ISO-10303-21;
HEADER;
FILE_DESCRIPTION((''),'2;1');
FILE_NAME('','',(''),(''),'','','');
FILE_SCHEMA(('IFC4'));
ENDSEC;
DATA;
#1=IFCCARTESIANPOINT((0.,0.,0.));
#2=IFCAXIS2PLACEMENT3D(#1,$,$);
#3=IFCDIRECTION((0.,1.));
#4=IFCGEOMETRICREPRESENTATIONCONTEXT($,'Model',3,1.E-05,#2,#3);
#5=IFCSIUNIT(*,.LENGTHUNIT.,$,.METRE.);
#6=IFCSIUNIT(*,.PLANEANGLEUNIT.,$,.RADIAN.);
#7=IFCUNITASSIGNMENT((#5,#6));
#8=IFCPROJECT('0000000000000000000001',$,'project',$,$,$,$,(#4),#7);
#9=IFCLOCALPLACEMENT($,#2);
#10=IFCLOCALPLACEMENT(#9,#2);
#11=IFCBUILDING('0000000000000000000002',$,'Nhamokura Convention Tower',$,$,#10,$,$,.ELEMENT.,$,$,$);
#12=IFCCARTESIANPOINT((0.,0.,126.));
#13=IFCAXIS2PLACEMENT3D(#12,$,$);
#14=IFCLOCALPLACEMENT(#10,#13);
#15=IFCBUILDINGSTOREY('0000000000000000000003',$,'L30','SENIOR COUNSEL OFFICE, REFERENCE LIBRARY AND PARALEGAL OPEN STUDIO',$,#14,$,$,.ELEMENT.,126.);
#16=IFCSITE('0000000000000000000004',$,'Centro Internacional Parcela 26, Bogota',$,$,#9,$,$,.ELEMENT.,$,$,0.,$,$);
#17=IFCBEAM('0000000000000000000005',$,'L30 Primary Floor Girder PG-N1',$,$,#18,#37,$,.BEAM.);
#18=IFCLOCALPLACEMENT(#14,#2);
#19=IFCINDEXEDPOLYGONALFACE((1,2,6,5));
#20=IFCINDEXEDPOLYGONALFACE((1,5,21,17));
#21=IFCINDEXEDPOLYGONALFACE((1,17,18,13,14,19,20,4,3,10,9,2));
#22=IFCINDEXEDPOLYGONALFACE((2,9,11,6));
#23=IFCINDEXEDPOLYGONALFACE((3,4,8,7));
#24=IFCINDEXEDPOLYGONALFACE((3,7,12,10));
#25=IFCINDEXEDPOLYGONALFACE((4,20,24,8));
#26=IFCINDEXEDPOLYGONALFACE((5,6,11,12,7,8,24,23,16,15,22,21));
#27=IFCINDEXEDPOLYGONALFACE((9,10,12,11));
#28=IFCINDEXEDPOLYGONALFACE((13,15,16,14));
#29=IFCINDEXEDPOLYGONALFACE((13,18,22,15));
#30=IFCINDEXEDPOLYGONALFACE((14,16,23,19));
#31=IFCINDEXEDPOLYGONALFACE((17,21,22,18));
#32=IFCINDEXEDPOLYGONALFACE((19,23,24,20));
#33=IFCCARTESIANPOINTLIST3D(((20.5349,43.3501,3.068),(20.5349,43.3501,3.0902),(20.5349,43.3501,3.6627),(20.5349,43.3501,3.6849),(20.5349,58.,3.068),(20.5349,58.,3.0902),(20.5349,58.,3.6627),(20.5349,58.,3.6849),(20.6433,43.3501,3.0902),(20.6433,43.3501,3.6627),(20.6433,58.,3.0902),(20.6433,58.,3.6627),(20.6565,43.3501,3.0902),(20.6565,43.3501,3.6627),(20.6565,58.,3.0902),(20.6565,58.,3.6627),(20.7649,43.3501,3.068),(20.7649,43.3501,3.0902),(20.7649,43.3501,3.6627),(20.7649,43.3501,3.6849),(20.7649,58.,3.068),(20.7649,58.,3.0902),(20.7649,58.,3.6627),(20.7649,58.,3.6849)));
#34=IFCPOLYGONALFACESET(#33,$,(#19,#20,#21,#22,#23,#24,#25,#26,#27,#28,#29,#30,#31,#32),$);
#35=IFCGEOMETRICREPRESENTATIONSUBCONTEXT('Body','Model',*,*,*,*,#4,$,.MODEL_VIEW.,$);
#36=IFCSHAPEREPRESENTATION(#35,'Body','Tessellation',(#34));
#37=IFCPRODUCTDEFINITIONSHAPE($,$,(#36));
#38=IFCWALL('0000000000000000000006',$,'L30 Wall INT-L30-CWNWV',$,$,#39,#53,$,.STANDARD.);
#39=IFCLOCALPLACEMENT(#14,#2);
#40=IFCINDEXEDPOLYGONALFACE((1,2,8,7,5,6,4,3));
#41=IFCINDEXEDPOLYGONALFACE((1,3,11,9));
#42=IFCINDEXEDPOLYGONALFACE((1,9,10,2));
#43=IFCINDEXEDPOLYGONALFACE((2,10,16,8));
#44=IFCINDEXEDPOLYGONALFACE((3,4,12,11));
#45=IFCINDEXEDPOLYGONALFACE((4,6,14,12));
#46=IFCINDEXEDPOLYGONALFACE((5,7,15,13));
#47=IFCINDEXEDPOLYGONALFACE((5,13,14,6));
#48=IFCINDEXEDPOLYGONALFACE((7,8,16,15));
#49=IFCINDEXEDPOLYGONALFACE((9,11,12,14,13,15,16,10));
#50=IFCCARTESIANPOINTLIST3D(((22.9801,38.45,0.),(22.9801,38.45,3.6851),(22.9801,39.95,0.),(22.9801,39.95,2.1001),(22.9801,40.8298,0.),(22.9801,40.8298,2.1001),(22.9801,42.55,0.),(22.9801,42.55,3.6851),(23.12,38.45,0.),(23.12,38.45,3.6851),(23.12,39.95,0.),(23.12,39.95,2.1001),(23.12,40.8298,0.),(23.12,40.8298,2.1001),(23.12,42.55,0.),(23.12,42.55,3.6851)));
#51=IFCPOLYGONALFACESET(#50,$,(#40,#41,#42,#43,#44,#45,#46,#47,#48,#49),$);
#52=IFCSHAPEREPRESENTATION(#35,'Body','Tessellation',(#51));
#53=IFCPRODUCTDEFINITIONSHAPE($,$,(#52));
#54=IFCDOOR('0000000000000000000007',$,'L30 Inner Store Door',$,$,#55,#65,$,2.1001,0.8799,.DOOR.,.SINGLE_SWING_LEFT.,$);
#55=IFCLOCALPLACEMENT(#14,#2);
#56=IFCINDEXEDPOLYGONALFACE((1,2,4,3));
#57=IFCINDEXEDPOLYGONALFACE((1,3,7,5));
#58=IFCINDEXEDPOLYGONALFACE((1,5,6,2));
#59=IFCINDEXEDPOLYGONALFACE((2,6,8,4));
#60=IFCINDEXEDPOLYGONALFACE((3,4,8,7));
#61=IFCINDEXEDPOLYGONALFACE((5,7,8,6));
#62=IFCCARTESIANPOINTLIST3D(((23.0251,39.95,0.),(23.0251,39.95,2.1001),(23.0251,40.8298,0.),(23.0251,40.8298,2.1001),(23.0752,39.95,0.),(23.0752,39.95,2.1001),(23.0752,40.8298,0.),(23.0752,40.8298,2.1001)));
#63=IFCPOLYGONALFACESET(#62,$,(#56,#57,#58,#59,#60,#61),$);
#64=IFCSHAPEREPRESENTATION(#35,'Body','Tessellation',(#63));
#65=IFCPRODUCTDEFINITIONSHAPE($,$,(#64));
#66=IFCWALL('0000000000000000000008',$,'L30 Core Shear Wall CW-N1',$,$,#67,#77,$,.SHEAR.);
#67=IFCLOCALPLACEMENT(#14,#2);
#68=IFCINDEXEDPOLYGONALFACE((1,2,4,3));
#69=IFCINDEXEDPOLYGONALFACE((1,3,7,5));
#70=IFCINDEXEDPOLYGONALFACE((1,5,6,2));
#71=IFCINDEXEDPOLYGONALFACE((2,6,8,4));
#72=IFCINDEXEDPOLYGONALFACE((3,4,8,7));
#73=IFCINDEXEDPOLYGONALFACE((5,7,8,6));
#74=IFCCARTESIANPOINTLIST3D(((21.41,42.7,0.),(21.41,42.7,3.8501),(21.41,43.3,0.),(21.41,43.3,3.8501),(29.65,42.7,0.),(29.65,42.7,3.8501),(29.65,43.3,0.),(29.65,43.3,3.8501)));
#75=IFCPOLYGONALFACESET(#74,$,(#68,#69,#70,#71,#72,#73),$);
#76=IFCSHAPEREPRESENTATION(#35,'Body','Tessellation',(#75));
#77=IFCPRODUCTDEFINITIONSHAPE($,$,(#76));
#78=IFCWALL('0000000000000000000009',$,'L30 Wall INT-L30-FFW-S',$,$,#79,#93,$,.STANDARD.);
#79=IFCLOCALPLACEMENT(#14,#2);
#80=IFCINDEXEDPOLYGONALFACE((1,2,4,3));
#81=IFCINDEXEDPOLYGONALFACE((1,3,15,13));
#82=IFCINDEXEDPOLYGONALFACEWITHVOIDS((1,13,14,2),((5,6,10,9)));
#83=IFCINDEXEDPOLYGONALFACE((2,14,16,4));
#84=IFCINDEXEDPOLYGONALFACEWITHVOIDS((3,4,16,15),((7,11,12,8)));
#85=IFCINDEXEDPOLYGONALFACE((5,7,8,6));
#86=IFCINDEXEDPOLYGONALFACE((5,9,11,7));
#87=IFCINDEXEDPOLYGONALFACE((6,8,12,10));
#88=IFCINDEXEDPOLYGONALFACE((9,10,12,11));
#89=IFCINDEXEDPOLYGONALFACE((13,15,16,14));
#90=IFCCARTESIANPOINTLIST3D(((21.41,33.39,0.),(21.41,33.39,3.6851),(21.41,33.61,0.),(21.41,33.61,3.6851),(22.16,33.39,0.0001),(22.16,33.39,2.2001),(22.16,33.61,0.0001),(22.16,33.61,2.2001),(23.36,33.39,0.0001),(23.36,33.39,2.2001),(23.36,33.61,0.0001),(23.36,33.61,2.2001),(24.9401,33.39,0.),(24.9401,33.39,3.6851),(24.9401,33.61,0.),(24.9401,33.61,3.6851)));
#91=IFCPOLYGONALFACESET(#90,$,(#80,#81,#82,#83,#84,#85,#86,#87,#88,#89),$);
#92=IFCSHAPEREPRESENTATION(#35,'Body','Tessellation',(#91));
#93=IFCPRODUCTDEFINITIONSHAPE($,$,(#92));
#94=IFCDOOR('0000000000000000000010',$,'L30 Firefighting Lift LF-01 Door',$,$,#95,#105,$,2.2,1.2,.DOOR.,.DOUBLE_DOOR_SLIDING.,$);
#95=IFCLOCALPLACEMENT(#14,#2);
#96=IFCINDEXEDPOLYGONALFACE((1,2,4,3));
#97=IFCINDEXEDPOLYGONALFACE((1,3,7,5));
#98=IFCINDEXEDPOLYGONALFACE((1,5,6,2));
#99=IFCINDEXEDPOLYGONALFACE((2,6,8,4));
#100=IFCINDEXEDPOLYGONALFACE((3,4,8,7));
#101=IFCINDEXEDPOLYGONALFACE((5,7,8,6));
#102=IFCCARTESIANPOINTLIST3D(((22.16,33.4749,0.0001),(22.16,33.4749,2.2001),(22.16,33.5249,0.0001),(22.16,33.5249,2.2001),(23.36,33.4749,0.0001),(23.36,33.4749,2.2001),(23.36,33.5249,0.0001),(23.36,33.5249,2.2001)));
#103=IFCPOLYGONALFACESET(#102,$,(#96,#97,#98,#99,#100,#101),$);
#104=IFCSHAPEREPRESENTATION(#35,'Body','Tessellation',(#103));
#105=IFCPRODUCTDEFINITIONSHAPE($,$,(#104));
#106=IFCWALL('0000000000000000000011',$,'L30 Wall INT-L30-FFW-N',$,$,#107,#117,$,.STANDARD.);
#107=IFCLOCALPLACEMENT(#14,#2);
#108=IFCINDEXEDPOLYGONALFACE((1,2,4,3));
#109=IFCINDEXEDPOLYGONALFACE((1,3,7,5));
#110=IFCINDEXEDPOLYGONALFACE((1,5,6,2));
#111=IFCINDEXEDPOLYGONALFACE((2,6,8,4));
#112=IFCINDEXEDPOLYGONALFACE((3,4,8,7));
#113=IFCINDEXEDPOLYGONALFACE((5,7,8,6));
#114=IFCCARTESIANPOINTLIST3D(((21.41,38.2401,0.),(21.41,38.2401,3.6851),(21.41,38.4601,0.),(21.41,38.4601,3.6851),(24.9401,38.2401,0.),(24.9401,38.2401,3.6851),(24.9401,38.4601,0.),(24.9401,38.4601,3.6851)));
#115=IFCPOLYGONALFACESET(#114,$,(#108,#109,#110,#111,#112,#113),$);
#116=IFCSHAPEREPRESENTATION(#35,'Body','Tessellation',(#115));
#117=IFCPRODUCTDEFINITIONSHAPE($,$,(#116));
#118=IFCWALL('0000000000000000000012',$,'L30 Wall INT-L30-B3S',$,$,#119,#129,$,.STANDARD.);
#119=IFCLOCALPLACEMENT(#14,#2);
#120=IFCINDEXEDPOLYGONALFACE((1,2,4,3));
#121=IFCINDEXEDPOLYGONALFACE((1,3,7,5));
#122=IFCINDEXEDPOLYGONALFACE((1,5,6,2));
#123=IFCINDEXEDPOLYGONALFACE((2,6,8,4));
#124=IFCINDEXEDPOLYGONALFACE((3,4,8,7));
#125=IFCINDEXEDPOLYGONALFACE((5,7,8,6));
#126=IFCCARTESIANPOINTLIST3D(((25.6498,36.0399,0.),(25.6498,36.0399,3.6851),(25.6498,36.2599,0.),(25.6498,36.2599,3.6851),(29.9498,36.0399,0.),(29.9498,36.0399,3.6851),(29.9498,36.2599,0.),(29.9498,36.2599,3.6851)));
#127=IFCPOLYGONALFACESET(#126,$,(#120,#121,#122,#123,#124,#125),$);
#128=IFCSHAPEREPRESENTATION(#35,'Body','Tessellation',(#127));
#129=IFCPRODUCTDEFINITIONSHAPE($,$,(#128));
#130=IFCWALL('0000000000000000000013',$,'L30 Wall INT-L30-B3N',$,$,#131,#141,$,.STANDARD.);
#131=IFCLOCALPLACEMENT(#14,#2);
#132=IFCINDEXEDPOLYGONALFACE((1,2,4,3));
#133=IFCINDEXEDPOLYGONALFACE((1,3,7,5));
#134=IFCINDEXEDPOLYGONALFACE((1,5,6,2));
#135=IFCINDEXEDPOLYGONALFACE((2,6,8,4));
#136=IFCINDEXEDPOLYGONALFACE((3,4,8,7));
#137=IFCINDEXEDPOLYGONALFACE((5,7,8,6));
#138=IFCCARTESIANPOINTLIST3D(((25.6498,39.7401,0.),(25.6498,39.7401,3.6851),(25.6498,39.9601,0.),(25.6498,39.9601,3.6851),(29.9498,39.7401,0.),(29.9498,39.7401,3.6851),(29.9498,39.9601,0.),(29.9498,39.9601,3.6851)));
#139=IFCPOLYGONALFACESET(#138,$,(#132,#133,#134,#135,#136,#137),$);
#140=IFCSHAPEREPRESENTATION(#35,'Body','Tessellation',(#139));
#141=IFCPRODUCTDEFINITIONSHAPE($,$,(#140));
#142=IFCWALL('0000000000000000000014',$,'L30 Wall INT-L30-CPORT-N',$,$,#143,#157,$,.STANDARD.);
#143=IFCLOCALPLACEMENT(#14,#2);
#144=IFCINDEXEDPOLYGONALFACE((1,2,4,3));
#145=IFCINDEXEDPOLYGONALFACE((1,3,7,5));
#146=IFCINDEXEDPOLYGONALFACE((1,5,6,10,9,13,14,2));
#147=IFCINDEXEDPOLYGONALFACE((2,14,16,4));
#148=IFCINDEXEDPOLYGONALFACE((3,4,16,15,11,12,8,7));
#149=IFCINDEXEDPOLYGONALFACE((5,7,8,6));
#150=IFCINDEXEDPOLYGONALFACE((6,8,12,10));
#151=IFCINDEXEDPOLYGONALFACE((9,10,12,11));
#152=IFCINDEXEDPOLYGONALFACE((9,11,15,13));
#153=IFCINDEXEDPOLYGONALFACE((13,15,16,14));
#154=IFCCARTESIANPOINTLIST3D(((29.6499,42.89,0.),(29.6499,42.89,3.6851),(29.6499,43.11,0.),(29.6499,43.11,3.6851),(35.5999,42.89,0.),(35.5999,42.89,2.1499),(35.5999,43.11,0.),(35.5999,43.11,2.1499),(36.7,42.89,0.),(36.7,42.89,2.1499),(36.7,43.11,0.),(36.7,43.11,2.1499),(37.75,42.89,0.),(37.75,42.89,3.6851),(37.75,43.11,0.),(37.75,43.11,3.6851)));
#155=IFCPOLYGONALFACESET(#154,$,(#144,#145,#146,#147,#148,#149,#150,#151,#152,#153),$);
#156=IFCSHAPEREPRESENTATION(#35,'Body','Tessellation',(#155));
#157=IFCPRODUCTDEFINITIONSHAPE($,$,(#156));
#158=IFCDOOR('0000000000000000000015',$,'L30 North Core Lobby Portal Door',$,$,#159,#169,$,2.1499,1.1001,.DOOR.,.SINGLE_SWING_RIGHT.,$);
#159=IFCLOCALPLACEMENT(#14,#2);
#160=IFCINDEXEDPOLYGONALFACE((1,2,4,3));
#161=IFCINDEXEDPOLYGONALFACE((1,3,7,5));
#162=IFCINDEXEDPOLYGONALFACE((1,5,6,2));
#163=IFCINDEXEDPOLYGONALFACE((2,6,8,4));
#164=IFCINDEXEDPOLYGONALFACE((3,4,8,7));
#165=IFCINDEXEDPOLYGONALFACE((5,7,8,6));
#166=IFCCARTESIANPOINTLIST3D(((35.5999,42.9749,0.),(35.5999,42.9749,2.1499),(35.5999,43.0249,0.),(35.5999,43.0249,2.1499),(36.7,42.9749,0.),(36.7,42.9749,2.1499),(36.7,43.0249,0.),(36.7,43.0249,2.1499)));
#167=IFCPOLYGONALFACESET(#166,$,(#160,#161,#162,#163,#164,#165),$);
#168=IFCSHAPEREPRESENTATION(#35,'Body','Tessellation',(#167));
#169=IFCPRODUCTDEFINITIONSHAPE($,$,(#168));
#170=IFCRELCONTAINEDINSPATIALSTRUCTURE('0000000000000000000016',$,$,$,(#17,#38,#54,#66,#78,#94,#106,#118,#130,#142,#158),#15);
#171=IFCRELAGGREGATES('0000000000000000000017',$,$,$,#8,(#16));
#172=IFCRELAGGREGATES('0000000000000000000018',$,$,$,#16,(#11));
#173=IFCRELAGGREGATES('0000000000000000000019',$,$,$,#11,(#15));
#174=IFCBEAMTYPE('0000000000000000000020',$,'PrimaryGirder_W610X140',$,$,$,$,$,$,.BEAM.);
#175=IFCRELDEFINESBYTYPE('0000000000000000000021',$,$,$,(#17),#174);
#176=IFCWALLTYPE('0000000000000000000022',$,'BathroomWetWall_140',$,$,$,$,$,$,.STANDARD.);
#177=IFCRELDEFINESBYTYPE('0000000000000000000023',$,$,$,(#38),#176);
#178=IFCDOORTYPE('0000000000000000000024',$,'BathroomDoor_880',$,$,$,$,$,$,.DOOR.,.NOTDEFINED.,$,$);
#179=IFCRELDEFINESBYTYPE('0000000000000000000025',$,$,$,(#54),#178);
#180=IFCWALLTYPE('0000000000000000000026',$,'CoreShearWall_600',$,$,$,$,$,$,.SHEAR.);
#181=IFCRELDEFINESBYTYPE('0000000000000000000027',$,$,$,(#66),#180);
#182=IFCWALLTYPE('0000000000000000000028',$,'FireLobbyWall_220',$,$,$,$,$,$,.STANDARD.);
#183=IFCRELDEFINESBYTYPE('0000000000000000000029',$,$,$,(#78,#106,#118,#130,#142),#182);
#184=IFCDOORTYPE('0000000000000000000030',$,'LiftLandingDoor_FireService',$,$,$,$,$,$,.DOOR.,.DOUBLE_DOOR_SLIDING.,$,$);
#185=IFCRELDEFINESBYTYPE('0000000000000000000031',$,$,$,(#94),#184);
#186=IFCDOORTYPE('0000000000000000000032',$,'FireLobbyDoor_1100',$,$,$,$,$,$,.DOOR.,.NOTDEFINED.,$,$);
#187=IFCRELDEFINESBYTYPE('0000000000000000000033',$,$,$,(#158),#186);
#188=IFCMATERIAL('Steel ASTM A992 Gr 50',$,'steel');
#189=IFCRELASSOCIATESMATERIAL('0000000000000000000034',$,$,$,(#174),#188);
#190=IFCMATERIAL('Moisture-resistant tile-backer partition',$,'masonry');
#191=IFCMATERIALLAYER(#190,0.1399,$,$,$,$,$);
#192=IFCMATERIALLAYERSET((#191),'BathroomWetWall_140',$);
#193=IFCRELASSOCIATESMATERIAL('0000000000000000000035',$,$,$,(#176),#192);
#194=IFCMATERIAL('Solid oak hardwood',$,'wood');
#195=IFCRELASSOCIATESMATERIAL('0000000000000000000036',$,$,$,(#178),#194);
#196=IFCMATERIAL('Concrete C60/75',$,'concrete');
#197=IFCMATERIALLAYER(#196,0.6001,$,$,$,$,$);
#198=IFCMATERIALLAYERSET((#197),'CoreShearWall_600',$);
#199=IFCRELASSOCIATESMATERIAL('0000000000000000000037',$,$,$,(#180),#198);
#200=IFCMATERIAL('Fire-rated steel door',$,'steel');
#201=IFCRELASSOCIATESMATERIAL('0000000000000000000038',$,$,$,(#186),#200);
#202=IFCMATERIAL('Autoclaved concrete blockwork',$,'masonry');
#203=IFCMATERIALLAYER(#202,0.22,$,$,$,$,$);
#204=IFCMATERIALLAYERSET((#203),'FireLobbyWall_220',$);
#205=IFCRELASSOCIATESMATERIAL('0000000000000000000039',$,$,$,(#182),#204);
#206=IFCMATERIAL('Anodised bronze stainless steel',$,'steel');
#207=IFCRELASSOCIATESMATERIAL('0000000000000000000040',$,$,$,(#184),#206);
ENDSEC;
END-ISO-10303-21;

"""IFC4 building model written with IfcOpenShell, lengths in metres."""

from ifc_helpers import new_model, si_unit, direction, frame, frame_2d, origin, origin_2d, place, context, subcontext, project, spatial, rectangle, i_section, extrude, material, layer, layer_set, material_profile, profile_set, type_object, element, fill, save


model = new_model("IFC4")

# Units and contexts
model_context = context("Model", 3, precision=1e-05, world=origin(), true_north=direction((0.0, 1.0)))
body_context = subcontext(model_context, "Body", "Model", "MODEL_VIEW")
ifc_project = project(units=[si_unit("LENGTHUNIT", "METRE"), si_unit("PLANEANGLEUNIT", "RADIAN")], contexts=[model_context])

# Site, building, storey
site_placement = place(None, origin())
site = spatial("IfcSite", under=ifc_project, at=site_placement, Name="Centro Internacional Parcela 26, Bogota", CompositionType="ELEMENT", RefElevation=0.0)
building_placement = place(site_placement, origin())
building = spatial("IfcBuilding", under=site, at=building_placement, Name="Nhamokura Convention Tower", CompositionType="ELEMENT")
storey_placement = place(building_placement, frame((0.0, 0.0, 126.0)))
storey = spatial("IfcBuildingStorey", under=building, at=storey_placement, Name="L30", Description="SENIOR COUNSEL OFFICE, REFERENCE LIBRARY AND PARALEGAL OPEN STUDIO", CompositionType="ELEMENT", Elevation=126.0)

# Beam
ifc_material_1 = material(Name="Steel ASTM A992 Gr 50", Category="steel")
ifc_material_profile = material_profile(ifc_material_1, i_section(OverallWidth=0.23, OverallDepth=0.6169, WebThickness=0.0132, FlangeThickness=0.0222, at=origin_2d()))
ifc_profile_set = profile_set([ifc_material_profile], Name="Steel ASTM A992 Gr 50")
beam_type = type_object("IfcBeamType", Name="PrimaryGirder_W610X140", PredefinedType="BEAM", material=ifc_profile_set)
beam_placement = place(storey_placement, frame((20.6499, 43.3501, 3.3765), z_axis=(0.0, 1.0, 0.0), x_axis=(-1.0, 0.0, 0.0)))
element("IfcBeam", 1, at=beam_placement, inside=storey, type_object=beam_type, Name="L30 Primary Floor Girder PG-N1", PredefinedType="BEAM", context=body_context, shape_type="SweptSolid", body=[
    extrude(i_section(OverallWidth=0.23, OverallDepth=0.6169, WebThickness=0.0132, FlangeThickness=0.0222, at=origin_2d()), origin(), (0.0, 0.0, 1.0), 14.6499),
])

# Wall, opening, door
ifc_material_2 = material(Name="Moisture-resistant tile-backer partition", Category="masonry")
ifc_layer_1 = layer(ifc_material_2, 0.1399)
ifc_layer_set_1 = layer_set([ifc_layer_1], Name="BathroomWetWall_140")
wall_type_1 = type_object("IfcWallType", Name="BathroomWetWall_140", PredefinedType="STANDARD", material=ifc_layer_set_1)
wall_1_placement = place(storey_placement, frame((23.05, 38.45, 0.0), z_axis=(0.0, 0.0, 1.0), x_axis=(0.0, 1.0, 0.0)))
wall_1 = element("IfcWall", 2, at=wall_1_placement, inside=storey, type_object=wall_type_1, Name="L30 Wall INT-L30-CWNWV", PredefinedType="STANDARD", context=body_context, shape_type="SweptSolid", body=[
    extrude(rectangle(XDim=4.1001, YDim=0.1399, at=frame_2d((2.05, 0.0))), origin(), (0.0, 0.0, 1.0), 3.6851),
])
opening_1_placement = place(wall_1_placement, frame((1.5, 0.0, 0.0)))
opening_1 = element("IfcOpeningElement", 3, at=opening_1_placement, cuts=wall_1, PredefinedType="OPENING", context=body_context, shape_type="SweptSolid", body=[
    extrude(rectangle(XDim=0.8799, YDim=2.1001, at=frame_2d((0.4399, 1.05))), frame((0.0, 0.0798, 0.0), z_axis=(0.0, -1.0, 0.0), x_axis=(1.0, 0.0, 0.0)), (0.0, 0.0, 1.0), 0.1599),
])
ifc_material_3 = material(Name="Solid oak hardwood", Category="wood")
door_type_1 = type_object("IfcDoorType", Name="BathroomDoor_880", OperationType="NOTDEFINED", PredefinedType="DOOR", material=ifc_material_3)
door_1_placement = place(opening_1_placement, origin())
door_1 = element("IfcDoor", 4, at=door_1_placement, inside=storey, type_object=door_type_1, Name="L30 Inner Store Door", OperationType="SINGLE_SWING_LEFT", OverallHeight=2.1001, OverallWidth=0.8799, PredefinedType="DOOR", context=body_context, shape_type="SweptSolid", body=[
    extrude(rectangle(XDim=0.8799, YDim=2.1001, at=frame_2d((0.4399, 1.05))), frame((0.0, 0.0249, 0.0), z_axis=(0.0, -1.0, 0.0), x_axis=(1.0, 0.0, 0.0)), (0.0, 0.0, 1.0), 0.05),
])
fill(opening_1, door_1)

# Wall
ifc_material_4 = material(Name="Concrete C60/75", Category="concrete")
ifc_layer_2 = layer(ifc_material_4, 0.6001)
ifc_layer_set_2 = layer_set([ifc_layer_2], Name="CoreShearWall_600")
wall_type_2 = type_object("IfcWallType", Name="CoreShearWall_600", PredefinedType="SHEAR", material=ifc_layer_set_2)
wall_2_placement = place(storey_placement, frame((21.4099, 43.0, 0.0), z_axis=(0.0, 0.0, 1.0), x_axis=(1.0, 0.0, 0.0)))
element("IfcWall", 5, at=wall_2_placement, inside=storey, type_object=wall_type_2, Name="L30 Core Shear Wall CW-N1", PredefinedType="SHEAR", context=body_context, shape_type="SweptSolid", body=[
    extrude(rectangle(XDim=8.24, YDim=0.6001, at=frame_2d((4.1201, 0.0))), origin(), (0.0, 0.0, 1.0), 3.8501),
])

# Wall, opening, door
ifc_material_5 = material(Name="Fire-rated steel door", Category="steel")
door_type_2 = type_object("IfcDoorType", Name="FireLobbyDoor_1100", OperationType="NOTDEFINED", PredefinedType="DOOR", material=ifc_material_5)
ifc_material_6 = material(Name="Autoclaved concrete blockwork", Category="masonry")
ifc_layer_3 = layer(ifc_material_6, 0.22)
ifc_layer_set_3 = layer_set([ifc_layer_3], Name="FireLobbyWall_220")
wall_type_3 = type_object("IfcWallType", Name="FireLobbyWall_220", PredefinedType="STANDARD", material=ifc_layer_set_3)
wall_3_placement = place(storey_placement, frame((21.4099, 33.5, 0.0), z_axis=(0.0, 0.0, 1.0), x_axis=(1.0, 0.0, 0.0)))
wall_3 = element("IfcWall", 6, at=wall_3_placement, inside=storey, type_object=wall_type_3, Name="L30 Wall INT-L30-FFW-S", PredefinedType="STANDARD", context=body_context, shape_type="SweptSolid", body=[
    extrude(rectangle(XDim=3.53, YDim=0.22, at=frame_2d((1.7651, 0.0))), origin(), (0.0, 0.0, 1.0), 3.6851),
])
opening_2_placement = place(wall_3_placement, frame((0.75, 0.0, 0.0)))
opening_2 = element("IfcOpeningElement", 7, at=opening_2_placement, cuts=wall_3, PredefinedType="OPENING", context=body_context, shape_type="SweptSolid", body=[
    extrude(rectangle(XDim=1.2, YDim=2.2, at=frame_2d((0.6001, 1.1001))), frame((0.0, 0.1199, 0.0), z_axis=(0.0, -1.0, 0.0), x_axis=(1.0, 0.0, 0.0)), (0.0, 0.0, 1.0), 0.24),
])
ifc_material_7 = material(Name="Anodised bronze stainless steel", Category="steel")
door_type_3 = type_object("IfcDoorType", Name="LiftLandingDoor_FireService", OperationType="DOUBLE_DOOR_SLIDING", PredefinedType="DOOR", material=ifc_material_7)
door_2_placement = place(opening_2_placement, origin())
door_2 = element("IfcDoor", 8, at=door_2_placement, inside=storey, type_object=door_type_3, Name="L30 Firefighting Lift LF-01 Door", OperationType="DOUBLE_DOOR_SLIDING", OverallHeight=2.2, OverallWidth=1.2, PredefinedType="DOOR", context=body_context, shape_type="SweptSolid", body=[
    extrude(rectangle(XDim=1.2, YDim=2.2, at=frame_2d((0.6001, 1.1001))), frame((0.0, 0.0249, 0.0), z_axis=(0.0, -1.0, 0.0), x_axis=(1.0, 0.0, 0.0)), (0.0, 0.0, 1.0), 0.05),
])
fill(opening_2, door_2)

# Walls
wall_4_placement = place(storey_placement, frame((21.4099, 38.3501, 0.0), z_axis=(0.0, 0.0, 1.0), x_axis=(1.0, 0.0, 0.0)))
element("IfcWall", 9, at=wall_4_placement, inside=storey, type_object=wall_type_3, Name="L30 Wall INT-L30-FFW-N", PredefinedType="STANDARD", context=body_context, shape_type="SweptSolid", body=[
    extrude(rectangle(XDim=3.53, YDim=0.22, at=frame_2d((1.7651, 0.0))), origin(), (0.0, 0.0, 1.0), 3.6851),
])
for number, where, z_axis, x_axis, name in (
    (10, (25.6499, 36.1499, 0.0), (0.0, 0.0, 1.0), (1.0, 0.0, 0.0), "L30 Wall INT-L30-B3S"),
    (11, (25.6499, 39.8501, 0.0), (0.0, 0.0, 1.0), (1.0, 0.0, 0.0), "L30 Wall INT-L30-B3N"),
):
    element("IfcWall", number, at=place(storey_placement, frame(where, z_axis=z_axis, x_axis=x_axis)), inside=storey, type_object=wall_type_3, Name=name, PredefinedType="STANDARD", context=body_context, shape_type="SweptSolid", body=[
        extrude(rectangle(XDim=4.3, YDim=0.22, at=frame_2d((2.1499, 0.0))), origin(), (0.0, 0.0, 1.0), 3.6851),
    ])

# Wall, opening, door
wall_5_placement = place(storey_placement, frame((29.6499, 43.0, 0.0), z_axis=(0.0, 0.0, 1.0), x_axis=(1.0, 0.0, 0.0)))
wall_5 = element("IfcWall", 12, at=wall_5_placement, inside=storey, type_object=wall_type_3, Name="L30 Wall INT-L30-CPORT-N", PredefinedType="STANDARD", context=body_context, shape_type="SweptSolid", body=[
    extrude(rectangle(XDim=8.1001, YDim=0.22, at=frame_2d((4.05, 0.0))), origin(), (0.0, 0.0, 1.0), 3.6851),
])
opening_3_placement = place(wall_5_placement, frame((5.95, 0.0, 0.0)))
opening_3 = element("IfcOpeningElement", 13, at=opening_3_placement, cuts=wall_5, PredefinedType="OPENING", context=body_context, shape_type="SweptSolid", body=[
    extrude(rectangle(XDim=1.1001, YDim=2.1499, at=frame_2d((0.55, 1.075))), frame((0.0, 0.1199, 0.0), z_axis=(0.0, -1.0, 0.0), x_axis=(1.0, 0.0, 0.0)), (0.0, 0.0, 1.0), 0.24),
])
door_3_placement = place(opening_3_placement, origin())
door_3 = element("IfcDoor", 14, at=door_3_placement, inside=storey, type_object=door_type_2, Name="L30 North Core Lobby Portal Door", OperationType="SINGLE_SWING_RIGHT", OverallHeight=2.1499, OverallWidth=1.1001, PredefinedType="DOOR", context=body_context, shape_type="SweptSolid", body=[
    extrude(rectangle(XDim=1.1001, YDim=2.1499, at=frame_2d((0.55, 1.075))), frame((0.0, 0.0249, 0.0), z_axis=(0.0, -1.0, 0.0), x_axis=(1.0, 0.0, 0.0)), (0.0, 0.0, 1.0), 0.05),
])
fill(opening_3, door_3)

save(model, "model.ifc")
